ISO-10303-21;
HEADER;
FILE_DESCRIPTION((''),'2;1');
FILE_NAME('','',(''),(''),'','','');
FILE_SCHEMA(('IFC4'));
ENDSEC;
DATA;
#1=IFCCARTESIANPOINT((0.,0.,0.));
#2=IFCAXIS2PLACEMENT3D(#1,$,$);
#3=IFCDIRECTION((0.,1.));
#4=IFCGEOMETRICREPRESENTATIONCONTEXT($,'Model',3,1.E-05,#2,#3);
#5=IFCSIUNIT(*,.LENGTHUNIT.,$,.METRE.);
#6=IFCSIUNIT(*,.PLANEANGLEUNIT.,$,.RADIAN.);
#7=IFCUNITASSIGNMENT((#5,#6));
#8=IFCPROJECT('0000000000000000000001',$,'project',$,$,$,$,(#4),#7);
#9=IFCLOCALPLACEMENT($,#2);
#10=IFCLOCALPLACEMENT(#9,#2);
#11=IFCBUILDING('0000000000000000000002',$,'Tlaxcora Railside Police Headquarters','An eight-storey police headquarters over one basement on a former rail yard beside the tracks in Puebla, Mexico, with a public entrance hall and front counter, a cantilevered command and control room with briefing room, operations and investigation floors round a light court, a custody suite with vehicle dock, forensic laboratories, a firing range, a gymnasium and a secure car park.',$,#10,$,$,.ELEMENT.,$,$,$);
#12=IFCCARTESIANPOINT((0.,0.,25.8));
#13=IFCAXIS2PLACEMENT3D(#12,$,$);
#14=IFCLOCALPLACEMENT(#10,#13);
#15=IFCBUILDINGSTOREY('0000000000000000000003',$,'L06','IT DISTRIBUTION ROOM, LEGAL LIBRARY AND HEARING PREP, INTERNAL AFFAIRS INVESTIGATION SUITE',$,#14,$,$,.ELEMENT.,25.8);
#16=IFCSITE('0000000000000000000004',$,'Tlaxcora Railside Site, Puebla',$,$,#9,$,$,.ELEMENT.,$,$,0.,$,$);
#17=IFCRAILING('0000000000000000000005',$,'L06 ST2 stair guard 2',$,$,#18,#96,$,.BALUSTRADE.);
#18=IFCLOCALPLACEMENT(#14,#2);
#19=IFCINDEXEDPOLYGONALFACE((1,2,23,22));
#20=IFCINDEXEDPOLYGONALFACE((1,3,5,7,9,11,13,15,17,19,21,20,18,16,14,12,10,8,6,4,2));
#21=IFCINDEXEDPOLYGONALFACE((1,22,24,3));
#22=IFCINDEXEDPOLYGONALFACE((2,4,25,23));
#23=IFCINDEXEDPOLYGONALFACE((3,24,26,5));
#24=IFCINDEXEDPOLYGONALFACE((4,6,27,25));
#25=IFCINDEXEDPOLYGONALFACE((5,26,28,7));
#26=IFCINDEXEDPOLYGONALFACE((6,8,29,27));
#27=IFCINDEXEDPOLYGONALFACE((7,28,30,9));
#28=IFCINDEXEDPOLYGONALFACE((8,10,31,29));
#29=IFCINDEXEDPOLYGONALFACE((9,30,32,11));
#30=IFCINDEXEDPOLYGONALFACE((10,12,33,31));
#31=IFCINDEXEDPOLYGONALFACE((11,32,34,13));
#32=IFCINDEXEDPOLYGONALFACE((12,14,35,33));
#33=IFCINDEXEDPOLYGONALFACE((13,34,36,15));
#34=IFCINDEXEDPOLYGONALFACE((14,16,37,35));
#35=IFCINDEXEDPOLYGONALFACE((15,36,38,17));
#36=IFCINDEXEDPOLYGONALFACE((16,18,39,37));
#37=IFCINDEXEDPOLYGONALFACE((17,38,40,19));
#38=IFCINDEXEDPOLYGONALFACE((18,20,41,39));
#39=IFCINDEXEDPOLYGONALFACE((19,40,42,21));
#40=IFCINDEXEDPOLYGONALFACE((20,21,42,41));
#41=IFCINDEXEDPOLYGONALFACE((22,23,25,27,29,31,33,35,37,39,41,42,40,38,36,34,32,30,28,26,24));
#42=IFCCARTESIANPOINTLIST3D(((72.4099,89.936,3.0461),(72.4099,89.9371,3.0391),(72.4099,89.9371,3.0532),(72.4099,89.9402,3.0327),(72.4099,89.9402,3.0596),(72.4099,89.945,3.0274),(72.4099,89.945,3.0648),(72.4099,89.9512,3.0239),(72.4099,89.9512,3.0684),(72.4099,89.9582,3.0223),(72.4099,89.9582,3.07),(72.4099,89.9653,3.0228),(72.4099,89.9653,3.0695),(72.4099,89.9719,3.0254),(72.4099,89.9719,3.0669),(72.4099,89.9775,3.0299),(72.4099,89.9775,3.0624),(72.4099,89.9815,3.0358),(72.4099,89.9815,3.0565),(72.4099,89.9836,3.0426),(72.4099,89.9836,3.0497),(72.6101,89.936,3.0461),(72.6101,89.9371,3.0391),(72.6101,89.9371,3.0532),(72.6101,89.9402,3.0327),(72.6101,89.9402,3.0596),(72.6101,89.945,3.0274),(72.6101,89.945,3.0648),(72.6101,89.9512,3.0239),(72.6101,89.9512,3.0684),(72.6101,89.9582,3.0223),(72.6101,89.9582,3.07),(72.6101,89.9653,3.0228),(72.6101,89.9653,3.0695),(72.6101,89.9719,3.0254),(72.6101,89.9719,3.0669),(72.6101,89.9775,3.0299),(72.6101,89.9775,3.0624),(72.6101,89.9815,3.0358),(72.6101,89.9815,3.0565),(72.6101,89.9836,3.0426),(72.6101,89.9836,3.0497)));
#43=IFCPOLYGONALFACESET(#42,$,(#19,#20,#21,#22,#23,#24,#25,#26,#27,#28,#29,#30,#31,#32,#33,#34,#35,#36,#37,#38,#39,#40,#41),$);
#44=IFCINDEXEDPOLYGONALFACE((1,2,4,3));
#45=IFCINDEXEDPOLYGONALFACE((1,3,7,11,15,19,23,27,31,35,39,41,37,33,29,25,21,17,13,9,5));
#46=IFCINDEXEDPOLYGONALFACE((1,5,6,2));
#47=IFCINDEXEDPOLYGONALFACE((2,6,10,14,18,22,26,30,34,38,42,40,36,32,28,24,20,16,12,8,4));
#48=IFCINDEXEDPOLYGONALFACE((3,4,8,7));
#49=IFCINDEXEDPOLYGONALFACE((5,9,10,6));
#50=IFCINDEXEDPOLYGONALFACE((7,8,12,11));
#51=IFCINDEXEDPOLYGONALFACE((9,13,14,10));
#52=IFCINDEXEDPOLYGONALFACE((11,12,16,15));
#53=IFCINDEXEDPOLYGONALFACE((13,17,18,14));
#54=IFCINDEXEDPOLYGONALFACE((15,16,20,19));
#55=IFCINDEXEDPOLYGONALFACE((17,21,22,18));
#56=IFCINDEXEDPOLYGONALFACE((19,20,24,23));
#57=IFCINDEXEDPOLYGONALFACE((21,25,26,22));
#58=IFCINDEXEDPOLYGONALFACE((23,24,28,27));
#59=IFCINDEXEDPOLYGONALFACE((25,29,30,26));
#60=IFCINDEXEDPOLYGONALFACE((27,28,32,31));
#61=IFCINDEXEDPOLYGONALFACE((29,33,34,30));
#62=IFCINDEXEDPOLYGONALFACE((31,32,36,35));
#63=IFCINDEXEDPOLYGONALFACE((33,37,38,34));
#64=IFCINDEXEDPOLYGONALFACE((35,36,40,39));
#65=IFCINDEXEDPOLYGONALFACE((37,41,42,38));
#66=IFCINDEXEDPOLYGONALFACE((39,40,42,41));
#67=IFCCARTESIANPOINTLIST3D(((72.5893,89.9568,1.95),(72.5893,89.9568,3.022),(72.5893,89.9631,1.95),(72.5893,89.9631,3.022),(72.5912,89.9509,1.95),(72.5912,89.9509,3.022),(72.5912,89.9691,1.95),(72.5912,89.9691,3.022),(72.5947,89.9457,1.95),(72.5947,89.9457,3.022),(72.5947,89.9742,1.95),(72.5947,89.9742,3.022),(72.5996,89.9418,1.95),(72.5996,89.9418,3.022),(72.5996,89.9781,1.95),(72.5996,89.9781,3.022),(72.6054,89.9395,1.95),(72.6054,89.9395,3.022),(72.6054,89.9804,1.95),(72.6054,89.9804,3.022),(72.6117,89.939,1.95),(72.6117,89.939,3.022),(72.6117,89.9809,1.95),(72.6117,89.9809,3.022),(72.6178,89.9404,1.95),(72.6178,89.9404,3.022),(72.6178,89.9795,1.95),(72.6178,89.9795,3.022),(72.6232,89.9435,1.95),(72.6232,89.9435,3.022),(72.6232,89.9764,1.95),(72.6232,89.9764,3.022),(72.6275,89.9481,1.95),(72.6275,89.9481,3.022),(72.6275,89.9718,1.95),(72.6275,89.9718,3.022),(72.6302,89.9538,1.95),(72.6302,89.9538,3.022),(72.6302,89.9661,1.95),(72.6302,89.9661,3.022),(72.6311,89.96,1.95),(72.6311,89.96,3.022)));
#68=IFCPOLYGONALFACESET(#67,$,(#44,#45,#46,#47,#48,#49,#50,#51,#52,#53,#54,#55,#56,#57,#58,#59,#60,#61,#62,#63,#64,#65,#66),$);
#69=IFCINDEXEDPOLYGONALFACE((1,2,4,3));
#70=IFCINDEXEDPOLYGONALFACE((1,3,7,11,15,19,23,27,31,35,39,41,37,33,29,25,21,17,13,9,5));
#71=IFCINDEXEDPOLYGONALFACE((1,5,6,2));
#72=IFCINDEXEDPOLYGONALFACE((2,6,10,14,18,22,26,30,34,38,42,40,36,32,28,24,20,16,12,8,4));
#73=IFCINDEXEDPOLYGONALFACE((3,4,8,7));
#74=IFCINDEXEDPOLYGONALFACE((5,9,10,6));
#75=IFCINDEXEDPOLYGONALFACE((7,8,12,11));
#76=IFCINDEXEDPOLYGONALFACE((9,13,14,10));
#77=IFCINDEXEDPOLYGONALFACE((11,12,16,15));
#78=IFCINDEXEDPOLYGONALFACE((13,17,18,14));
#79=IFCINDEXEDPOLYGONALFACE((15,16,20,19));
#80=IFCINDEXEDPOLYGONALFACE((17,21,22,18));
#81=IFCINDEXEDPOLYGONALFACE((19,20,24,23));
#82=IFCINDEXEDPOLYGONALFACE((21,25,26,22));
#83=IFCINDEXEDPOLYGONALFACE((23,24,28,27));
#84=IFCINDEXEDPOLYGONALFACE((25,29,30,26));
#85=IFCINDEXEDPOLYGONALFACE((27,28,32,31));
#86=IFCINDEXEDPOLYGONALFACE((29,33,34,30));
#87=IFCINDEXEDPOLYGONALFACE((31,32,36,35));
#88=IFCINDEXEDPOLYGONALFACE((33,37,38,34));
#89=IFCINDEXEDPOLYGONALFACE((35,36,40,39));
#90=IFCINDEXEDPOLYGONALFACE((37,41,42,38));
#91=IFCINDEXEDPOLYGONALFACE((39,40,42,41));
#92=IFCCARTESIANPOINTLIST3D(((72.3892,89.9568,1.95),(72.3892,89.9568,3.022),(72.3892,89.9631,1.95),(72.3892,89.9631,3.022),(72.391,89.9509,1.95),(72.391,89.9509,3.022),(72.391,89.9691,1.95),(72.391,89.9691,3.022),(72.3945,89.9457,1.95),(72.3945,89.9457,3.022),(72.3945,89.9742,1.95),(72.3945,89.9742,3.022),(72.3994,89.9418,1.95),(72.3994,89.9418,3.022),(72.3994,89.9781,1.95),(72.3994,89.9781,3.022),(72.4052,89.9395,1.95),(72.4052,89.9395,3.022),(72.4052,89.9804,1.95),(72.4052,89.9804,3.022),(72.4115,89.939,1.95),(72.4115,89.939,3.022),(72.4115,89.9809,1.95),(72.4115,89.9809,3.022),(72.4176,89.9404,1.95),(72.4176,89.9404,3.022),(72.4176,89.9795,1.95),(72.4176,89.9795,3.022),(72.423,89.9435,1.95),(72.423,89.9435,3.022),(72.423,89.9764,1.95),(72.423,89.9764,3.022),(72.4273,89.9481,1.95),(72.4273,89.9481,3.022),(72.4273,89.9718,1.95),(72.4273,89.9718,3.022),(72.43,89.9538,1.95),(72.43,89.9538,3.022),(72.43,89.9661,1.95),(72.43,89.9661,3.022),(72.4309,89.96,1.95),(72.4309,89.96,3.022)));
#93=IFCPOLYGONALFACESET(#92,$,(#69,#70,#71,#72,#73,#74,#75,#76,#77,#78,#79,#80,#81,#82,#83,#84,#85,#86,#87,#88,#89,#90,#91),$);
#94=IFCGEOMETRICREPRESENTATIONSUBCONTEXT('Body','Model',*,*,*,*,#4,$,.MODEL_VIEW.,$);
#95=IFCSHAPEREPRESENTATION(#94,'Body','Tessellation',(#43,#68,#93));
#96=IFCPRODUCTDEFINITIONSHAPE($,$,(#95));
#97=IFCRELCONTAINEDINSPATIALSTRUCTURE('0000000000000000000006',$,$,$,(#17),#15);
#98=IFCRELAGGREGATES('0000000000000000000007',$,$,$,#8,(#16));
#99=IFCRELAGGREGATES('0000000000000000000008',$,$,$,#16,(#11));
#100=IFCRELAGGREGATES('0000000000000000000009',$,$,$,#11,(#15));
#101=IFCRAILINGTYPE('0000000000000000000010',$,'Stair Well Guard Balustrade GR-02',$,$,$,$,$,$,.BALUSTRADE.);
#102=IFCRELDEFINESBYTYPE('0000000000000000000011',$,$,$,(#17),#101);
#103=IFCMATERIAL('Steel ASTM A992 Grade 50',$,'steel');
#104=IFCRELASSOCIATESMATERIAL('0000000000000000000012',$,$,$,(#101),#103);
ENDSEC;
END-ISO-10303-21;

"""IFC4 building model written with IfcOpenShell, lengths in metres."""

from ifc_helpers import new_model, si_unit, direction, frame, origin, origin_2d, place, context, subcontext, project, spatial, circle, extrude, material, type_object, element, save


model = new_model("IFC4")

# Units and contexts
model_context = context("Model", 3, precision=1e-05, world=origin(), true_north=direction((0.0, 1.0)))
body_context = subcontext(model_context, "Body", "Model", "MODEL_VIEW")
ifc_project = project(units=[si_unit("LENGTHUNIT", "METRE"), si_unit("PLANEANGLEUNIT", "RADIAN")], contexts=[model_context])

# Site, building, storey
site_placement = place(None, origin())
site = spatial("IfcSite", under=ifc_project, at=site_placement, Name="Tlaxcora Railside Site, Puebla", CompositionType="ELEMENT", RefElevation=0.0)
building_placement = place(site_placement, origin())
building = spatial("IfcBuilding", under=site, at=building_placement, Name="Tlaxcora Railside Police Headquarters", Description="An eight-storey police headquarters over one basement on a former rail yard beside the tracks in Puebla, Mexico, with a public entrance hall and front counter, a cantilevered command and control room with briefing room, operations and investigation floors round a light court, a custody suite with vehicle dock, forensic laboratories, a firing range, a gymnasium and a secure car park.", CompositionType="ELEMENT")
storey_placement = place(building_placement, frame((0.0, 0.0, 25.8)))
storey = spatial("IfcBuildingStorey", under=building, at=storey_placement, Name="L06", Description="IT DISTRIBUTION ROOM, LEGAL LIBRARY AND HEARING PREP, INTERNAL AFFAIRS INVESTIGATION SUITE", CompositionType="ELEMENT", Elevation=25.8)

# Shared definitions
ifc_material_1 = material(Name="Steel ASTM A992 Grade 50", Category="steel")

# Railing
railing_type_1 = type_object("IfcRailingType", Name="Stair Well Guard Balustrade GR-02", PredefinedType="BALUSTRADE", material=ifc_material_1)
railing_1_placement = place(storey_placement, frame((72.6101, 89.96, 1.95)))
element("IfcRailing", 1, at=railing_1_placement, inside=storey, type_object=railing_type_1, Name="L06 ST2 stair guard 2", PredefinedType="BALUSTRADE", context=body_context, shape_type="SweptSolid", body=[
    extrude(circle(Radius=0.0239, at=origin_2d()), frame((0.0, 0.0, 1.0962), z_axis=(-1.0, 0.0, 0.0), x_axis=(0.0, -1.0, 0.0)), (0.0, 0.0, 1.0), 0.2002),
    extrude(circle(Radius=0.021, at=origin_2d()), origin(), (0.0, 0.0, 1.0), 1.072),
    extrude(circle(Radius=0.021, at=origin_2d()), frame((-0.2002, 0.0, 0.0)), (0.0, 0.0, 1.0), 1.072),
])

save(model, "model.ifc")
